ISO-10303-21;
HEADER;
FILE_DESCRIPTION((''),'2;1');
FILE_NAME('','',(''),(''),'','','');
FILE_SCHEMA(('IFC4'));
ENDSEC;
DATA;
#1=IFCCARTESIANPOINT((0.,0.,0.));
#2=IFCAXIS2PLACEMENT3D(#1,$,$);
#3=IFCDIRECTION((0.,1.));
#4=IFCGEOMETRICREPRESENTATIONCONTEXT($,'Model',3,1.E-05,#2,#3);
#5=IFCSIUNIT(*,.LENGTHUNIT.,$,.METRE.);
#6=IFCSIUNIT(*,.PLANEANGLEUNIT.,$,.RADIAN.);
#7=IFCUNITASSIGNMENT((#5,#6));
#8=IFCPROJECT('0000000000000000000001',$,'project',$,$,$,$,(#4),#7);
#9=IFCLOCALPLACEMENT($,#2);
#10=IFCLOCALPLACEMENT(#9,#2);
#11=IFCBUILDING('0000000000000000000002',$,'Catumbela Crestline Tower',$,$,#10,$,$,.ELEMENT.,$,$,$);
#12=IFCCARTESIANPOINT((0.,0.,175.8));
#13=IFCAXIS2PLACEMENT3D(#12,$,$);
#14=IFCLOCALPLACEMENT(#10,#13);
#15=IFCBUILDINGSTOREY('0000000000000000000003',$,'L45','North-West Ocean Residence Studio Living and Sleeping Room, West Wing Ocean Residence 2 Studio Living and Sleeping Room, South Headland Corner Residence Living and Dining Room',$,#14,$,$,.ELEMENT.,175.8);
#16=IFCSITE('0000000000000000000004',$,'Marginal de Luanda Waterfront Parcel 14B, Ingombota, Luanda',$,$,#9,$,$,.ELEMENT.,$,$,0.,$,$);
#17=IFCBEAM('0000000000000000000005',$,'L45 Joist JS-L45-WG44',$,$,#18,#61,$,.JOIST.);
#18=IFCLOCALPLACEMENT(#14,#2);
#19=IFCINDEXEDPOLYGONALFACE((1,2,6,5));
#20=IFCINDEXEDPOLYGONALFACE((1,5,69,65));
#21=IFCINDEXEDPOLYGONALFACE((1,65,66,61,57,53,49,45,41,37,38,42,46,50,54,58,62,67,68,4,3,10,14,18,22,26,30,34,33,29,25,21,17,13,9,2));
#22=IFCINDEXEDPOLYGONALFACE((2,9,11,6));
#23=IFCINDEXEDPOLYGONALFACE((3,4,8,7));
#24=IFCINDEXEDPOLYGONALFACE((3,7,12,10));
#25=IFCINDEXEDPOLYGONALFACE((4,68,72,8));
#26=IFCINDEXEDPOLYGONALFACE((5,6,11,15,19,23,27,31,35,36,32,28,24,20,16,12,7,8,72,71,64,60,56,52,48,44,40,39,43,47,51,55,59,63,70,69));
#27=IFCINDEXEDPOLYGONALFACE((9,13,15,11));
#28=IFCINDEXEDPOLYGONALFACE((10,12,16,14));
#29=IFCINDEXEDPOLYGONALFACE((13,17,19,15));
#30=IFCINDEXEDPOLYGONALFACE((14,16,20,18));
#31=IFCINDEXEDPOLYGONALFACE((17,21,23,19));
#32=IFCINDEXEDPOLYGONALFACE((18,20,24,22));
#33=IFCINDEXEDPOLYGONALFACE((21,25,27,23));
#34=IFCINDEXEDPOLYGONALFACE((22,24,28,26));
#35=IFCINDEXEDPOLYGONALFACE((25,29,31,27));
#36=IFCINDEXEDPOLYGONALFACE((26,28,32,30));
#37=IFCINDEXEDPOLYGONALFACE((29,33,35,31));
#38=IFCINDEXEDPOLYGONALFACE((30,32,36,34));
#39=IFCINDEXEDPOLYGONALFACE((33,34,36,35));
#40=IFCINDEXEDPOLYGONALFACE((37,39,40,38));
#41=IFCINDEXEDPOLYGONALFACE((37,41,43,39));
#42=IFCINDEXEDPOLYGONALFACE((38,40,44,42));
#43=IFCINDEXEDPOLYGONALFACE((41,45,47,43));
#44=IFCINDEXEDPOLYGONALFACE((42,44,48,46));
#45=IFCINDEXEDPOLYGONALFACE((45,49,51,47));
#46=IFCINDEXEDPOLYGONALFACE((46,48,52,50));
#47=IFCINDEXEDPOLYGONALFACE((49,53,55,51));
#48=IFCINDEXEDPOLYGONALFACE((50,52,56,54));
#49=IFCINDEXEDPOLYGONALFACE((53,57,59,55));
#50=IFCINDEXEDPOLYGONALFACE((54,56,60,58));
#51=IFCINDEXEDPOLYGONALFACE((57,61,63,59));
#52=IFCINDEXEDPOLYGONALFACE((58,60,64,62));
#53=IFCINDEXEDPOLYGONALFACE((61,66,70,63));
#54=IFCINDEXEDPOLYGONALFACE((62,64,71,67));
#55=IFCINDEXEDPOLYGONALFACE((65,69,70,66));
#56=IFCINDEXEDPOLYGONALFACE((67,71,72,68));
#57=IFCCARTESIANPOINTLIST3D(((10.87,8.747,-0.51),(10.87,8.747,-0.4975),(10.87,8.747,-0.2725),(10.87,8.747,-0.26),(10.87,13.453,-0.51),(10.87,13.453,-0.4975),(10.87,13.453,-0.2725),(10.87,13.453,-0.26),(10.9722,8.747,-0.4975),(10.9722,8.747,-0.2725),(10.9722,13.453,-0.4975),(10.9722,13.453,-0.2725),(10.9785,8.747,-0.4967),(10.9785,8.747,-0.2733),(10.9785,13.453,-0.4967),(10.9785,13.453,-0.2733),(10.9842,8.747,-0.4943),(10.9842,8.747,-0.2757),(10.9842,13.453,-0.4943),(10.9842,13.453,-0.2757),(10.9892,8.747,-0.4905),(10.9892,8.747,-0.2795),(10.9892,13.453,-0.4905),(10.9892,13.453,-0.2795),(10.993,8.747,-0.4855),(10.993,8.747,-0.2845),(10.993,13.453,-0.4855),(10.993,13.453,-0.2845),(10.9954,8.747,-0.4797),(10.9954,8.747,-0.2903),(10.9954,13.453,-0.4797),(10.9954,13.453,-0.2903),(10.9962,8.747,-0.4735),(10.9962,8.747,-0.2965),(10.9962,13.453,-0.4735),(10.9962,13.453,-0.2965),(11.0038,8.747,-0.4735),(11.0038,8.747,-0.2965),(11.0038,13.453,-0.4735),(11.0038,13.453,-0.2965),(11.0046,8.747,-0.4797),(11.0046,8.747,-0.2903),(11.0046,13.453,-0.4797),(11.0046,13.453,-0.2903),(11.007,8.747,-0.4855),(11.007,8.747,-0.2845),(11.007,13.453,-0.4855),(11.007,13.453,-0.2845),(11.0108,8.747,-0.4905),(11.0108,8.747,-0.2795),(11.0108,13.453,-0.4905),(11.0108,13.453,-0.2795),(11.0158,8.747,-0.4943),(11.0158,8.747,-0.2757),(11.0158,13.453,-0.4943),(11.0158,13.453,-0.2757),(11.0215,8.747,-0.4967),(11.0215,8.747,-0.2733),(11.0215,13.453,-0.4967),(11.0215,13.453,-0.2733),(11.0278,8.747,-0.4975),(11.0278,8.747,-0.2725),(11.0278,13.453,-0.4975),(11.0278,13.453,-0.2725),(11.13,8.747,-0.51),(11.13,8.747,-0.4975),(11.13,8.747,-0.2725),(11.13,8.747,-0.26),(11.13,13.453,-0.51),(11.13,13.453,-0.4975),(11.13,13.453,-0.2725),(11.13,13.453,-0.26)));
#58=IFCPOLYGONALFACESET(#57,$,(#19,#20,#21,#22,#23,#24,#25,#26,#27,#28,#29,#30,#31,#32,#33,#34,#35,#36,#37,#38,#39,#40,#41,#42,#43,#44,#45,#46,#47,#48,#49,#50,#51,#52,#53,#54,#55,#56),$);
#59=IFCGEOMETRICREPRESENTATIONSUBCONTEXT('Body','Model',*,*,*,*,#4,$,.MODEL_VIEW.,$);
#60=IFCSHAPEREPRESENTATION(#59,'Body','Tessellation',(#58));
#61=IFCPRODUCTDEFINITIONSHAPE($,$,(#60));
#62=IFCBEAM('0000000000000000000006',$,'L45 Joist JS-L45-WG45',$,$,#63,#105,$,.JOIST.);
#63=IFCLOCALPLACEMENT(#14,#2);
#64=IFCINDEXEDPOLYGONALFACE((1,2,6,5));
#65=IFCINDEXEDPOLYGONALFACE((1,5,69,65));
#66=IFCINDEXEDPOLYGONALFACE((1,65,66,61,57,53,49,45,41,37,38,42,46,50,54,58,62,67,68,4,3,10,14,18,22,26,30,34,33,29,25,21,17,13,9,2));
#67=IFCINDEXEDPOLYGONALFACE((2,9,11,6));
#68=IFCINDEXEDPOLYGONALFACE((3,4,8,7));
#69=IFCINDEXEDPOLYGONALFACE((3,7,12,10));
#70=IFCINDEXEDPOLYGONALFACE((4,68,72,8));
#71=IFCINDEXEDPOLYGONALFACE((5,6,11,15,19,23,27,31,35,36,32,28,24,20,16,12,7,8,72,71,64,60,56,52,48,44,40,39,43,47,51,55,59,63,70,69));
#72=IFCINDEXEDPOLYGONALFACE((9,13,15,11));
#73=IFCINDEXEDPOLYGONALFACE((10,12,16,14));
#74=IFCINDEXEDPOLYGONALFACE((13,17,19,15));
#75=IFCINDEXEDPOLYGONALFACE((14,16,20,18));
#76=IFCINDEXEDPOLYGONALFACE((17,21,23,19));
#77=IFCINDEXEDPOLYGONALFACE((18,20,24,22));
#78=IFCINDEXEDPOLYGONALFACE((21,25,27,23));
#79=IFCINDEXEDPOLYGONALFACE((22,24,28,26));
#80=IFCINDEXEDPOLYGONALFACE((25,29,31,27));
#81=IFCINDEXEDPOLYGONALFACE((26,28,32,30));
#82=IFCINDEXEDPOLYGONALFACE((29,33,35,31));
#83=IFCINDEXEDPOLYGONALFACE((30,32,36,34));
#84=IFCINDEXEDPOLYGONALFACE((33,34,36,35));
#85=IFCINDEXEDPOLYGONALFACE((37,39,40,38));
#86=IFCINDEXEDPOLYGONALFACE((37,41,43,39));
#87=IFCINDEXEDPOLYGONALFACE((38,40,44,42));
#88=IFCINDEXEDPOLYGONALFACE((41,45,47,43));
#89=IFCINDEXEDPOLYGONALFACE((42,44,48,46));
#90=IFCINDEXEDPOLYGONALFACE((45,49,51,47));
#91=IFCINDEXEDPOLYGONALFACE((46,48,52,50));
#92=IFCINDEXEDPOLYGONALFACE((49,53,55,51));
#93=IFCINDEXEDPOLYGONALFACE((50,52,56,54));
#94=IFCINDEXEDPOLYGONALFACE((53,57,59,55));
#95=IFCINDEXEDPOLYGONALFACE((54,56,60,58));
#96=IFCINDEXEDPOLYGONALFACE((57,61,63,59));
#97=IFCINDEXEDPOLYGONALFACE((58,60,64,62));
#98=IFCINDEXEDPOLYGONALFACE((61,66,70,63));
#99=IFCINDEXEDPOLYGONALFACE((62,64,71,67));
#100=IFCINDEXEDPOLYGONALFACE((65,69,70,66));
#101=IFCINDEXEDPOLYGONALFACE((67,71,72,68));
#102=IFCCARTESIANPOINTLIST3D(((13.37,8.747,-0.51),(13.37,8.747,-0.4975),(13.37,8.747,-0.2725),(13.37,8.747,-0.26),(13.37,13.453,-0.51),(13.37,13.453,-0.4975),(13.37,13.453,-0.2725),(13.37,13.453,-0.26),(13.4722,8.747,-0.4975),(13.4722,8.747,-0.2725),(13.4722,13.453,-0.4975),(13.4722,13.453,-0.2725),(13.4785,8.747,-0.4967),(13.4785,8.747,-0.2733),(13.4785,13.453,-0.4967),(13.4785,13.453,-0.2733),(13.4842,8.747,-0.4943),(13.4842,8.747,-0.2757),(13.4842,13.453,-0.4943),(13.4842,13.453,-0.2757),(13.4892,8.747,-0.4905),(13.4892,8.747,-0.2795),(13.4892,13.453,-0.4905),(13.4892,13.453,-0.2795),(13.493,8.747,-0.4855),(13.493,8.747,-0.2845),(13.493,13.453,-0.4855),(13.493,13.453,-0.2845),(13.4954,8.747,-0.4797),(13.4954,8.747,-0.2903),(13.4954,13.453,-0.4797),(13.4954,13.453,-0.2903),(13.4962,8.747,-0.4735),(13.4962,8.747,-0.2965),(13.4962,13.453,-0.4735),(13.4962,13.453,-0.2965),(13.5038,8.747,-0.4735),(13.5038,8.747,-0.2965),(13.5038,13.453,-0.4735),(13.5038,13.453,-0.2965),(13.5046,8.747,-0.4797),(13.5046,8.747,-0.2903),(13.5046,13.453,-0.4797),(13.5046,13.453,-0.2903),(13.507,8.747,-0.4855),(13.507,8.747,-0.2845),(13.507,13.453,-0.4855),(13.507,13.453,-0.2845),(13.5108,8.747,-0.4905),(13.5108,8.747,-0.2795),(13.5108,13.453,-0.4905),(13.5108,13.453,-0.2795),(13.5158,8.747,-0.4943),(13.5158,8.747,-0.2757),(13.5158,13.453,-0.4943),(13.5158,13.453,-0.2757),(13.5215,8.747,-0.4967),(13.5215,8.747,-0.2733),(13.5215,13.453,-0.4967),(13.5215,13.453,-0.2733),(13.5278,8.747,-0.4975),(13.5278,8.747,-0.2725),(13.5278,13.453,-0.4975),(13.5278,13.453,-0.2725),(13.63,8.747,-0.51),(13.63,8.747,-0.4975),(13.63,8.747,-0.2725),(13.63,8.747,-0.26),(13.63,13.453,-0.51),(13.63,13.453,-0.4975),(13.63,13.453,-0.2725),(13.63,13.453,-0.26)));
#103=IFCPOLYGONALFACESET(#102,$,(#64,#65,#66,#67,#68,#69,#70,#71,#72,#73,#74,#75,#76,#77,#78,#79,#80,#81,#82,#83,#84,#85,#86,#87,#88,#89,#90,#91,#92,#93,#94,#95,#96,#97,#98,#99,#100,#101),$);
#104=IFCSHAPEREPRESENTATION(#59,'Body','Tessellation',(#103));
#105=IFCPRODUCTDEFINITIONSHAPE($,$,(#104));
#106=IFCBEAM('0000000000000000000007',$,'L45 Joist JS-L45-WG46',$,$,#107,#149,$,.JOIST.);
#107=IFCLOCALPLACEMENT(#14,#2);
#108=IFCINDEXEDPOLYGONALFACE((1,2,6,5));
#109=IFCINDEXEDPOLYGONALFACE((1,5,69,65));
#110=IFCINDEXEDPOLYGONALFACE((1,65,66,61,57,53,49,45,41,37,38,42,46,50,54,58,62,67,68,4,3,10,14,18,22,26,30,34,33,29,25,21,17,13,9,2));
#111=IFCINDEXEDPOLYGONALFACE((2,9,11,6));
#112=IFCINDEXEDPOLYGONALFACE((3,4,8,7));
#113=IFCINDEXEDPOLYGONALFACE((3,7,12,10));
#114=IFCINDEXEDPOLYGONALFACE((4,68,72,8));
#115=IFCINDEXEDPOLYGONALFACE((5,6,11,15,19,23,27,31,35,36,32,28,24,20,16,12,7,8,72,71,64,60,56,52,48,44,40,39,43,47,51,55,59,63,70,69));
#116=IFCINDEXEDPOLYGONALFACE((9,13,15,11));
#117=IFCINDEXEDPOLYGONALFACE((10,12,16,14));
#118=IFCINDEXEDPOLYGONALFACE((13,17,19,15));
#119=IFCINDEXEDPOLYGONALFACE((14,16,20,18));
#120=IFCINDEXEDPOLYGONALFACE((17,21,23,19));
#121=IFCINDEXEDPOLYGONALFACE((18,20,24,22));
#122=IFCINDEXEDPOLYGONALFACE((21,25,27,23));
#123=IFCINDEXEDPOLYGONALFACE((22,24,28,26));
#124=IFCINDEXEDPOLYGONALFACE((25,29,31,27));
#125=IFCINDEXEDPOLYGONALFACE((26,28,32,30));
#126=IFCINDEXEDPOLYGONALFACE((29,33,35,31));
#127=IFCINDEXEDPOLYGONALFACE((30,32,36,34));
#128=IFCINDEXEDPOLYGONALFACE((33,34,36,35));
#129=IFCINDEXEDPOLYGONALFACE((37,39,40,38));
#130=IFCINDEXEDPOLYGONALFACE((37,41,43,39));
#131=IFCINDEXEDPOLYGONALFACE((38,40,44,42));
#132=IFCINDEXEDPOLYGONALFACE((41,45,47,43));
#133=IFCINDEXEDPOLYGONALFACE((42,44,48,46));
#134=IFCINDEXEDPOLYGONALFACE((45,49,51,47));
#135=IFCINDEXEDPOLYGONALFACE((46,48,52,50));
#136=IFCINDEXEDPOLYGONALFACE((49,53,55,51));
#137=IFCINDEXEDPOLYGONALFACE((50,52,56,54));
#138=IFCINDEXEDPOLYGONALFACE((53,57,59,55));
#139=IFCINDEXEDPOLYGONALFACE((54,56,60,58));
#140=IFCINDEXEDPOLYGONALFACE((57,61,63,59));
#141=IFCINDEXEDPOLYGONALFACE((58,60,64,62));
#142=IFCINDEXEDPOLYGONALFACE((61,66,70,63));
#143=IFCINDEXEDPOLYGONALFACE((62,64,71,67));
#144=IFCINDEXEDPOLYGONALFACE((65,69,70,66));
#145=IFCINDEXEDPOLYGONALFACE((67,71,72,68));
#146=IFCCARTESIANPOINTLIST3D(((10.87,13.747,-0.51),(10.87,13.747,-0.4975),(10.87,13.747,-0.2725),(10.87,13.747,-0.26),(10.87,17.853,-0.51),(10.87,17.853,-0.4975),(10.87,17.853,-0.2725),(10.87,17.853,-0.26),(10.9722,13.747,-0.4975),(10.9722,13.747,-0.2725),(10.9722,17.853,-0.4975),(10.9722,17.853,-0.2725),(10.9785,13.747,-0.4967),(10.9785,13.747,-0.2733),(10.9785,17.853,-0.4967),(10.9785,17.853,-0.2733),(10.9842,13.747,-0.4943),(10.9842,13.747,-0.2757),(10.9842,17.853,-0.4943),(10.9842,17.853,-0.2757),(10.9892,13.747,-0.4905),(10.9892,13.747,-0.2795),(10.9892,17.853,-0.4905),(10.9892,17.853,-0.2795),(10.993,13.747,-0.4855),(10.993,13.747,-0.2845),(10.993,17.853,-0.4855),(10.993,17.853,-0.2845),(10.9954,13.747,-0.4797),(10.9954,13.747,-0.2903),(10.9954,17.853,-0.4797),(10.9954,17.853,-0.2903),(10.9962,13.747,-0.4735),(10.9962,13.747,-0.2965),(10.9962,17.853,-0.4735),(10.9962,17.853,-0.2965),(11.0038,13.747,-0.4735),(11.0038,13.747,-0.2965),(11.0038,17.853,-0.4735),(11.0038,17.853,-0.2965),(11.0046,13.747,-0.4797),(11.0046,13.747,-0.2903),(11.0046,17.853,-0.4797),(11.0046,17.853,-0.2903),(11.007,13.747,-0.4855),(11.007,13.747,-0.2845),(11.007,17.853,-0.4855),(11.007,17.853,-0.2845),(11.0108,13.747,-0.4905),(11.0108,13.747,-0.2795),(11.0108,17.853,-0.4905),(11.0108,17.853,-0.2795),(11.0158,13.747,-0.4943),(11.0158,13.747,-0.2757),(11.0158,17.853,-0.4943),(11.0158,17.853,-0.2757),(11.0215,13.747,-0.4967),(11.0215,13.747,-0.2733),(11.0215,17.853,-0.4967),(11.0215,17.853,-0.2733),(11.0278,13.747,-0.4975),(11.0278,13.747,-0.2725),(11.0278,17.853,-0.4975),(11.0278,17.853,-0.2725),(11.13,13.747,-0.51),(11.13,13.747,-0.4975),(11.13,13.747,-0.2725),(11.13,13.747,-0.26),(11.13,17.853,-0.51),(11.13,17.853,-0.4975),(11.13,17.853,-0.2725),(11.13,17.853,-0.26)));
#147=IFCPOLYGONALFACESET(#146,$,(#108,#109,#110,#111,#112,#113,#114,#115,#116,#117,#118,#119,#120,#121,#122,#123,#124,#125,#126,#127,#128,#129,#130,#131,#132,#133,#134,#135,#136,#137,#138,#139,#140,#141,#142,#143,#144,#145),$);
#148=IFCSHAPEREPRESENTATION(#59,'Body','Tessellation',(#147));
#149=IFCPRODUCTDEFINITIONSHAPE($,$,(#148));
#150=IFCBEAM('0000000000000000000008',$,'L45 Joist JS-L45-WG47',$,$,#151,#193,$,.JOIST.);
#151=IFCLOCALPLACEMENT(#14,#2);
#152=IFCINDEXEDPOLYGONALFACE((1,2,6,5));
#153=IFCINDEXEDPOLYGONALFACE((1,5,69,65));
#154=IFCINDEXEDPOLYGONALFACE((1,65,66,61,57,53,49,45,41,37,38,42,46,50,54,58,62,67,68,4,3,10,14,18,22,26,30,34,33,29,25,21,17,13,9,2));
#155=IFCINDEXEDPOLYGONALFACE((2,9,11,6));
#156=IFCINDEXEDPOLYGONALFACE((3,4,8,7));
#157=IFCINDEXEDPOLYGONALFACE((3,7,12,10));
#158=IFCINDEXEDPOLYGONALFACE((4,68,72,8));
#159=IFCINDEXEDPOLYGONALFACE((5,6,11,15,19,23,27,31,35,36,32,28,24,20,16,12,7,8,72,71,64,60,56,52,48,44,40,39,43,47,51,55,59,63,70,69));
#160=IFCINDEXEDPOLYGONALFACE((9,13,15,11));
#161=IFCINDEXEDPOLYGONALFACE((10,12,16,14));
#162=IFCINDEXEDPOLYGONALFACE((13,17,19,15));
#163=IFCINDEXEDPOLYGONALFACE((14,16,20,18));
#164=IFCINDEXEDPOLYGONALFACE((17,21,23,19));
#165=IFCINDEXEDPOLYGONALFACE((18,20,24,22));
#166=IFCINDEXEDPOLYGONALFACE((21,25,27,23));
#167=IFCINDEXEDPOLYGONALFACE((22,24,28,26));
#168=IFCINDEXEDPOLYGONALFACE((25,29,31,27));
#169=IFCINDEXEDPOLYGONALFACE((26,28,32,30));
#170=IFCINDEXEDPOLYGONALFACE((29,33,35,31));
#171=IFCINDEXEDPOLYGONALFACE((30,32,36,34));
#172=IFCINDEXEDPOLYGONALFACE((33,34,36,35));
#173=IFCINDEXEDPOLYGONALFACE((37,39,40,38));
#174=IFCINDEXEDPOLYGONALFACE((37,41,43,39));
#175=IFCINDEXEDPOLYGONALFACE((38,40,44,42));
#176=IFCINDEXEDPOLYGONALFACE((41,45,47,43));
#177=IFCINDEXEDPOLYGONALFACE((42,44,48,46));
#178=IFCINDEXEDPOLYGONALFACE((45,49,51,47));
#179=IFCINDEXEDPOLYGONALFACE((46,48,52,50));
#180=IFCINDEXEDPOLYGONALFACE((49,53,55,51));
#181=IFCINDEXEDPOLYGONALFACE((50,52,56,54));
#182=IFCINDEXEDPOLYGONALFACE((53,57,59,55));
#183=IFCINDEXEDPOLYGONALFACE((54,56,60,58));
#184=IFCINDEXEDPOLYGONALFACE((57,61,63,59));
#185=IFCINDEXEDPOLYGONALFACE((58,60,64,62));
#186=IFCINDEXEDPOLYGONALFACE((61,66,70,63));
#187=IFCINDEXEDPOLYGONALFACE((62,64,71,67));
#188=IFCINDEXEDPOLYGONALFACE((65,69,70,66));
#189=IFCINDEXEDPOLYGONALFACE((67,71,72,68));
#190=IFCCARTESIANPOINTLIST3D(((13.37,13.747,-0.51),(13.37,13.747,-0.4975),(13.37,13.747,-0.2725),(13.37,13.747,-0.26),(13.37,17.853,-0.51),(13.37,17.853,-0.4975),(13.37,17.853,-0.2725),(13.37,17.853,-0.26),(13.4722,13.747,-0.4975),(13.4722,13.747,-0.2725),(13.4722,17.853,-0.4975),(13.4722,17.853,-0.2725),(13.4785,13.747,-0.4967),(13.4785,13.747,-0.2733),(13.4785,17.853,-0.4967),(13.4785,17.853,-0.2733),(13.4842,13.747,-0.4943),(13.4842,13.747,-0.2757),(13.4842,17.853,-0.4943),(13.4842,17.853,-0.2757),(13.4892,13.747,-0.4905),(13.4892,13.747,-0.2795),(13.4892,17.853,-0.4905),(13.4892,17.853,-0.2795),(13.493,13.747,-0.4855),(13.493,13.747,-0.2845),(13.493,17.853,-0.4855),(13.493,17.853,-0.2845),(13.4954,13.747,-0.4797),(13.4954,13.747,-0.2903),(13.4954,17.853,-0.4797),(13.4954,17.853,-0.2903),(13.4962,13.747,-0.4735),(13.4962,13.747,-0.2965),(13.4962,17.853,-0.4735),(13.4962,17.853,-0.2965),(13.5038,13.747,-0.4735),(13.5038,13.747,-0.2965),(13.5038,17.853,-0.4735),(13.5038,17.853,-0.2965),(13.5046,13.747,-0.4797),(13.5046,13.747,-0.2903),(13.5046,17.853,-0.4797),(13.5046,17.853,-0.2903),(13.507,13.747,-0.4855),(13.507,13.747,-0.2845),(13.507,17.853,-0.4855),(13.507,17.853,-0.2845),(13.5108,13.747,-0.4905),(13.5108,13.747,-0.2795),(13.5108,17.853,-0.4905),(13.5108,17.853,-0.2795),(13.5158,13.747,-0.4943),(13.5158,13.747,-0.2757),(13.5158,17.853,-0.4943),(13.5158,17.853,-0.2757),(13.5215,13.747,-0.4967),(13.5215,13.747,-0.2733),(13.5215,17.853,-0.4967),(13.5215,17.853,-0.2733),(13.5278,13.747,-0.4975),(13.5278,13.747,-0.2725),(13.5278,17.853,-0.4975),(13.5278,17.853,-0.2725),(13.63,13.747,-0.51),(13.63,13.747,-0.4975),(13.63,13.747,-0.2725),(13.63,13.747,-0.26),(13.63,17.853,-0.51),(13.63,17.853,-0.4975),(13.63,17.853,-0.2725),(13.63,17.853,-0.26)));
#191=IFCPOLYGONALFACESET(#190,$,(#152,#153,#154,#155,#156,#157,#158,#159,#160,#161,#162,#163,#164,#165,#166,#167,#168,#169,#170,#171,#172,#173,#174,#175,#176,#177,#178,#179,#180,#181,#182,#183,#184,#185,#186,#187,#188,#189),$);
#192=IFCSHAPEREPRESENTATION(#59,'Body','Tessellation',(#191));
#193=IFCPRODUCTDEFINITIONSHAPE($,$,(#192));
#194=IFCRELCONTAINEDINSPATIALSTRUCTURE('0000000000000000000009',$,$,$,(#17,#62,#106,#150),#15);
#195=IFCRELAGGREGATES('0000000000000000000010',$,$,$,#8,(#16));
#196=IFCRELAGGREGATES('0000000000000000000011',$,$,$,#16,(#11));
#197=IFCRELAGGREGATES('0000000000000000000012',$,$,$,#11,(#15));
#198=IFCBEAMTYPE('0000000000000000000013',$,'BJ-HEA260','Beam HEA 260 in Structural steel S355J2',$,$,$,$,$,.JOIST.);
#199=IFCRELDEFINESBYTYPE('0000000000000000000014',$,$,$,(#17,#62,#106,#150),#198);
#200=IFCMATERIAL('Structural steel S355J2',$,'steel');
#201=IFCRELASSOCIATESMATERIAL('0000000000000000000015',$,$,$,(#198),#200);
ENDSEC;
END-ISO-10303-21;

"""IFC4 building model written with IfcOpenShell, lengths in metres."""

from ifc_helpers import new_model, si_unit, direction, frame, origin, origin_2d, place, context, subcontext, project, spatial, i_section, extrude, material, material_profile, profile_set, type_object, element, save


model = new_model("IFC4")

# Units and contexts
model_context = context("Model", 3, precision=1e-05, world=origin(), true_north=direction((0.0, 1.0)))
body_context = subcontext(model_context, "Body", "Model", "MODEL_VIEW")
ifc_project = project(units=[si_unit("LENGTHUNIT", "METRE"), si_unit("PLANEANGLEUNIT", "RADIAN")], contexts=[model_context])

# Site, building, storey
site_placement = place(None, origin())
site = spatial("IfcSite", under=ifc_project, at=site_placement, Name="Marginal de Luanda Waterfront Parcel 14B, Ingombota, Luanda", CompositionType="ELEMENT", RefElevation=0.0)
building_placement = place(site_placement, origin())
building = spatial("IfcBuilding", under=site, at=building_placement, Name="Catumbela Crestline Tower", CompositionType="ELEMENT")
storey_placement = place(building_placement, frame((0.0, 0.0, 175.8)))
storey = spatial("IfcBuildingStorey", under=building, at=storey_placement, Name="L45", Description="North-West Ocean Residence Studio Living and Sleeping Room, West Wing Ocean Residence 2 Studio Living and Sleeping Room, South Headland Corner Residence Living and Dining Room", CompositionType="ELEMENT", Elevation=175.8)

# Shared definitions
ifc_material_1 = material(Name="Structural steel S355J2", Category="steel")

# Beams
ifc_material_profile_1 = material_profile(ifc_material_1, i_section(OverallWidth=0.26, OverallDepth=0.25, WebThickness=0.0075, FlangeThickness=0.0125, FilletRadius=0.024, at=origin_2d()), Name="HEA 260")
ifc_profile_set_1 = profile_set([ifc_material_profile_1], Name="Structural steel S355J2")
beam_type_1 = type_object("IfcBeamType", Name="BJ-HEA260", Description="Beam HEA 260 in Structural steel S355J2", PredefinedType="JOIST", material=ifc_profile_set_1)
for number, where, z_axis, x_axis, name in (
    (1, (11.0, 8.747, -0.385), (0.0, 1.0, 0.0), (-1.0, 0.0, 0.0), "L45 Joist JS-L45-WG44"),
    (2, (13.5, 8.747, -0.385), (0.0, 1.0, 0.0), (-1.0, 0.0, 0.0), "L45 Joist JS-L45-WG45"),
):
    element("IfcBeam", number, at=place(storey_placement, frame(where, z_axis=z_axis, x_axis=x_axis)), inside=storey, type_object=beam_type_1, Name=name, PredefinedType="JOIST", context=body_context, shape_type="SweptSolid", body=[
        extrude(i_section(OverallWidth=0.26, OverallDepth=0.25, WebThickness=0.0075, FlangeThickness=0.0125, FilletRadius=0.024, at=origin_2d()), origin(), (0.0, 0.0, 1.0), 4.706),
    ])
for number, where, z_axis, x_axis, name in (
    (3, (11.0, 13.747, -0.385), (0.0, 1.0, 0.0), (-1.0, 0.0, 0.0), "L45 Joist JS-L45-WG46"),
    (4, (13.5, 13.747, -0.385), (0.0, 1.0, 0.0), (-1.0, 0.0, 0.0), "L45 Joist JS-L45-WG47"),
):
    element("IfcBeam", number, at=place(storey_placement, frame(where, z_axis=z_axis, x_axis=x_axis)), inside=storey, type_object=beam_type_1, Name=name, PredefinedType="JOIST", context=body_context, shape_type="SweptSolid", body=[
        extrude(i_section(OverallWidth=0.26, OverallDepth=0.25, WebThickness=0.0075, FlangeThickness=0.0125, FilletRadius=0.024, at=origin_2d()), origin(), (0.0, 0.0, 1.0), 4.106),
    ])

save(model, "model.ifc")
